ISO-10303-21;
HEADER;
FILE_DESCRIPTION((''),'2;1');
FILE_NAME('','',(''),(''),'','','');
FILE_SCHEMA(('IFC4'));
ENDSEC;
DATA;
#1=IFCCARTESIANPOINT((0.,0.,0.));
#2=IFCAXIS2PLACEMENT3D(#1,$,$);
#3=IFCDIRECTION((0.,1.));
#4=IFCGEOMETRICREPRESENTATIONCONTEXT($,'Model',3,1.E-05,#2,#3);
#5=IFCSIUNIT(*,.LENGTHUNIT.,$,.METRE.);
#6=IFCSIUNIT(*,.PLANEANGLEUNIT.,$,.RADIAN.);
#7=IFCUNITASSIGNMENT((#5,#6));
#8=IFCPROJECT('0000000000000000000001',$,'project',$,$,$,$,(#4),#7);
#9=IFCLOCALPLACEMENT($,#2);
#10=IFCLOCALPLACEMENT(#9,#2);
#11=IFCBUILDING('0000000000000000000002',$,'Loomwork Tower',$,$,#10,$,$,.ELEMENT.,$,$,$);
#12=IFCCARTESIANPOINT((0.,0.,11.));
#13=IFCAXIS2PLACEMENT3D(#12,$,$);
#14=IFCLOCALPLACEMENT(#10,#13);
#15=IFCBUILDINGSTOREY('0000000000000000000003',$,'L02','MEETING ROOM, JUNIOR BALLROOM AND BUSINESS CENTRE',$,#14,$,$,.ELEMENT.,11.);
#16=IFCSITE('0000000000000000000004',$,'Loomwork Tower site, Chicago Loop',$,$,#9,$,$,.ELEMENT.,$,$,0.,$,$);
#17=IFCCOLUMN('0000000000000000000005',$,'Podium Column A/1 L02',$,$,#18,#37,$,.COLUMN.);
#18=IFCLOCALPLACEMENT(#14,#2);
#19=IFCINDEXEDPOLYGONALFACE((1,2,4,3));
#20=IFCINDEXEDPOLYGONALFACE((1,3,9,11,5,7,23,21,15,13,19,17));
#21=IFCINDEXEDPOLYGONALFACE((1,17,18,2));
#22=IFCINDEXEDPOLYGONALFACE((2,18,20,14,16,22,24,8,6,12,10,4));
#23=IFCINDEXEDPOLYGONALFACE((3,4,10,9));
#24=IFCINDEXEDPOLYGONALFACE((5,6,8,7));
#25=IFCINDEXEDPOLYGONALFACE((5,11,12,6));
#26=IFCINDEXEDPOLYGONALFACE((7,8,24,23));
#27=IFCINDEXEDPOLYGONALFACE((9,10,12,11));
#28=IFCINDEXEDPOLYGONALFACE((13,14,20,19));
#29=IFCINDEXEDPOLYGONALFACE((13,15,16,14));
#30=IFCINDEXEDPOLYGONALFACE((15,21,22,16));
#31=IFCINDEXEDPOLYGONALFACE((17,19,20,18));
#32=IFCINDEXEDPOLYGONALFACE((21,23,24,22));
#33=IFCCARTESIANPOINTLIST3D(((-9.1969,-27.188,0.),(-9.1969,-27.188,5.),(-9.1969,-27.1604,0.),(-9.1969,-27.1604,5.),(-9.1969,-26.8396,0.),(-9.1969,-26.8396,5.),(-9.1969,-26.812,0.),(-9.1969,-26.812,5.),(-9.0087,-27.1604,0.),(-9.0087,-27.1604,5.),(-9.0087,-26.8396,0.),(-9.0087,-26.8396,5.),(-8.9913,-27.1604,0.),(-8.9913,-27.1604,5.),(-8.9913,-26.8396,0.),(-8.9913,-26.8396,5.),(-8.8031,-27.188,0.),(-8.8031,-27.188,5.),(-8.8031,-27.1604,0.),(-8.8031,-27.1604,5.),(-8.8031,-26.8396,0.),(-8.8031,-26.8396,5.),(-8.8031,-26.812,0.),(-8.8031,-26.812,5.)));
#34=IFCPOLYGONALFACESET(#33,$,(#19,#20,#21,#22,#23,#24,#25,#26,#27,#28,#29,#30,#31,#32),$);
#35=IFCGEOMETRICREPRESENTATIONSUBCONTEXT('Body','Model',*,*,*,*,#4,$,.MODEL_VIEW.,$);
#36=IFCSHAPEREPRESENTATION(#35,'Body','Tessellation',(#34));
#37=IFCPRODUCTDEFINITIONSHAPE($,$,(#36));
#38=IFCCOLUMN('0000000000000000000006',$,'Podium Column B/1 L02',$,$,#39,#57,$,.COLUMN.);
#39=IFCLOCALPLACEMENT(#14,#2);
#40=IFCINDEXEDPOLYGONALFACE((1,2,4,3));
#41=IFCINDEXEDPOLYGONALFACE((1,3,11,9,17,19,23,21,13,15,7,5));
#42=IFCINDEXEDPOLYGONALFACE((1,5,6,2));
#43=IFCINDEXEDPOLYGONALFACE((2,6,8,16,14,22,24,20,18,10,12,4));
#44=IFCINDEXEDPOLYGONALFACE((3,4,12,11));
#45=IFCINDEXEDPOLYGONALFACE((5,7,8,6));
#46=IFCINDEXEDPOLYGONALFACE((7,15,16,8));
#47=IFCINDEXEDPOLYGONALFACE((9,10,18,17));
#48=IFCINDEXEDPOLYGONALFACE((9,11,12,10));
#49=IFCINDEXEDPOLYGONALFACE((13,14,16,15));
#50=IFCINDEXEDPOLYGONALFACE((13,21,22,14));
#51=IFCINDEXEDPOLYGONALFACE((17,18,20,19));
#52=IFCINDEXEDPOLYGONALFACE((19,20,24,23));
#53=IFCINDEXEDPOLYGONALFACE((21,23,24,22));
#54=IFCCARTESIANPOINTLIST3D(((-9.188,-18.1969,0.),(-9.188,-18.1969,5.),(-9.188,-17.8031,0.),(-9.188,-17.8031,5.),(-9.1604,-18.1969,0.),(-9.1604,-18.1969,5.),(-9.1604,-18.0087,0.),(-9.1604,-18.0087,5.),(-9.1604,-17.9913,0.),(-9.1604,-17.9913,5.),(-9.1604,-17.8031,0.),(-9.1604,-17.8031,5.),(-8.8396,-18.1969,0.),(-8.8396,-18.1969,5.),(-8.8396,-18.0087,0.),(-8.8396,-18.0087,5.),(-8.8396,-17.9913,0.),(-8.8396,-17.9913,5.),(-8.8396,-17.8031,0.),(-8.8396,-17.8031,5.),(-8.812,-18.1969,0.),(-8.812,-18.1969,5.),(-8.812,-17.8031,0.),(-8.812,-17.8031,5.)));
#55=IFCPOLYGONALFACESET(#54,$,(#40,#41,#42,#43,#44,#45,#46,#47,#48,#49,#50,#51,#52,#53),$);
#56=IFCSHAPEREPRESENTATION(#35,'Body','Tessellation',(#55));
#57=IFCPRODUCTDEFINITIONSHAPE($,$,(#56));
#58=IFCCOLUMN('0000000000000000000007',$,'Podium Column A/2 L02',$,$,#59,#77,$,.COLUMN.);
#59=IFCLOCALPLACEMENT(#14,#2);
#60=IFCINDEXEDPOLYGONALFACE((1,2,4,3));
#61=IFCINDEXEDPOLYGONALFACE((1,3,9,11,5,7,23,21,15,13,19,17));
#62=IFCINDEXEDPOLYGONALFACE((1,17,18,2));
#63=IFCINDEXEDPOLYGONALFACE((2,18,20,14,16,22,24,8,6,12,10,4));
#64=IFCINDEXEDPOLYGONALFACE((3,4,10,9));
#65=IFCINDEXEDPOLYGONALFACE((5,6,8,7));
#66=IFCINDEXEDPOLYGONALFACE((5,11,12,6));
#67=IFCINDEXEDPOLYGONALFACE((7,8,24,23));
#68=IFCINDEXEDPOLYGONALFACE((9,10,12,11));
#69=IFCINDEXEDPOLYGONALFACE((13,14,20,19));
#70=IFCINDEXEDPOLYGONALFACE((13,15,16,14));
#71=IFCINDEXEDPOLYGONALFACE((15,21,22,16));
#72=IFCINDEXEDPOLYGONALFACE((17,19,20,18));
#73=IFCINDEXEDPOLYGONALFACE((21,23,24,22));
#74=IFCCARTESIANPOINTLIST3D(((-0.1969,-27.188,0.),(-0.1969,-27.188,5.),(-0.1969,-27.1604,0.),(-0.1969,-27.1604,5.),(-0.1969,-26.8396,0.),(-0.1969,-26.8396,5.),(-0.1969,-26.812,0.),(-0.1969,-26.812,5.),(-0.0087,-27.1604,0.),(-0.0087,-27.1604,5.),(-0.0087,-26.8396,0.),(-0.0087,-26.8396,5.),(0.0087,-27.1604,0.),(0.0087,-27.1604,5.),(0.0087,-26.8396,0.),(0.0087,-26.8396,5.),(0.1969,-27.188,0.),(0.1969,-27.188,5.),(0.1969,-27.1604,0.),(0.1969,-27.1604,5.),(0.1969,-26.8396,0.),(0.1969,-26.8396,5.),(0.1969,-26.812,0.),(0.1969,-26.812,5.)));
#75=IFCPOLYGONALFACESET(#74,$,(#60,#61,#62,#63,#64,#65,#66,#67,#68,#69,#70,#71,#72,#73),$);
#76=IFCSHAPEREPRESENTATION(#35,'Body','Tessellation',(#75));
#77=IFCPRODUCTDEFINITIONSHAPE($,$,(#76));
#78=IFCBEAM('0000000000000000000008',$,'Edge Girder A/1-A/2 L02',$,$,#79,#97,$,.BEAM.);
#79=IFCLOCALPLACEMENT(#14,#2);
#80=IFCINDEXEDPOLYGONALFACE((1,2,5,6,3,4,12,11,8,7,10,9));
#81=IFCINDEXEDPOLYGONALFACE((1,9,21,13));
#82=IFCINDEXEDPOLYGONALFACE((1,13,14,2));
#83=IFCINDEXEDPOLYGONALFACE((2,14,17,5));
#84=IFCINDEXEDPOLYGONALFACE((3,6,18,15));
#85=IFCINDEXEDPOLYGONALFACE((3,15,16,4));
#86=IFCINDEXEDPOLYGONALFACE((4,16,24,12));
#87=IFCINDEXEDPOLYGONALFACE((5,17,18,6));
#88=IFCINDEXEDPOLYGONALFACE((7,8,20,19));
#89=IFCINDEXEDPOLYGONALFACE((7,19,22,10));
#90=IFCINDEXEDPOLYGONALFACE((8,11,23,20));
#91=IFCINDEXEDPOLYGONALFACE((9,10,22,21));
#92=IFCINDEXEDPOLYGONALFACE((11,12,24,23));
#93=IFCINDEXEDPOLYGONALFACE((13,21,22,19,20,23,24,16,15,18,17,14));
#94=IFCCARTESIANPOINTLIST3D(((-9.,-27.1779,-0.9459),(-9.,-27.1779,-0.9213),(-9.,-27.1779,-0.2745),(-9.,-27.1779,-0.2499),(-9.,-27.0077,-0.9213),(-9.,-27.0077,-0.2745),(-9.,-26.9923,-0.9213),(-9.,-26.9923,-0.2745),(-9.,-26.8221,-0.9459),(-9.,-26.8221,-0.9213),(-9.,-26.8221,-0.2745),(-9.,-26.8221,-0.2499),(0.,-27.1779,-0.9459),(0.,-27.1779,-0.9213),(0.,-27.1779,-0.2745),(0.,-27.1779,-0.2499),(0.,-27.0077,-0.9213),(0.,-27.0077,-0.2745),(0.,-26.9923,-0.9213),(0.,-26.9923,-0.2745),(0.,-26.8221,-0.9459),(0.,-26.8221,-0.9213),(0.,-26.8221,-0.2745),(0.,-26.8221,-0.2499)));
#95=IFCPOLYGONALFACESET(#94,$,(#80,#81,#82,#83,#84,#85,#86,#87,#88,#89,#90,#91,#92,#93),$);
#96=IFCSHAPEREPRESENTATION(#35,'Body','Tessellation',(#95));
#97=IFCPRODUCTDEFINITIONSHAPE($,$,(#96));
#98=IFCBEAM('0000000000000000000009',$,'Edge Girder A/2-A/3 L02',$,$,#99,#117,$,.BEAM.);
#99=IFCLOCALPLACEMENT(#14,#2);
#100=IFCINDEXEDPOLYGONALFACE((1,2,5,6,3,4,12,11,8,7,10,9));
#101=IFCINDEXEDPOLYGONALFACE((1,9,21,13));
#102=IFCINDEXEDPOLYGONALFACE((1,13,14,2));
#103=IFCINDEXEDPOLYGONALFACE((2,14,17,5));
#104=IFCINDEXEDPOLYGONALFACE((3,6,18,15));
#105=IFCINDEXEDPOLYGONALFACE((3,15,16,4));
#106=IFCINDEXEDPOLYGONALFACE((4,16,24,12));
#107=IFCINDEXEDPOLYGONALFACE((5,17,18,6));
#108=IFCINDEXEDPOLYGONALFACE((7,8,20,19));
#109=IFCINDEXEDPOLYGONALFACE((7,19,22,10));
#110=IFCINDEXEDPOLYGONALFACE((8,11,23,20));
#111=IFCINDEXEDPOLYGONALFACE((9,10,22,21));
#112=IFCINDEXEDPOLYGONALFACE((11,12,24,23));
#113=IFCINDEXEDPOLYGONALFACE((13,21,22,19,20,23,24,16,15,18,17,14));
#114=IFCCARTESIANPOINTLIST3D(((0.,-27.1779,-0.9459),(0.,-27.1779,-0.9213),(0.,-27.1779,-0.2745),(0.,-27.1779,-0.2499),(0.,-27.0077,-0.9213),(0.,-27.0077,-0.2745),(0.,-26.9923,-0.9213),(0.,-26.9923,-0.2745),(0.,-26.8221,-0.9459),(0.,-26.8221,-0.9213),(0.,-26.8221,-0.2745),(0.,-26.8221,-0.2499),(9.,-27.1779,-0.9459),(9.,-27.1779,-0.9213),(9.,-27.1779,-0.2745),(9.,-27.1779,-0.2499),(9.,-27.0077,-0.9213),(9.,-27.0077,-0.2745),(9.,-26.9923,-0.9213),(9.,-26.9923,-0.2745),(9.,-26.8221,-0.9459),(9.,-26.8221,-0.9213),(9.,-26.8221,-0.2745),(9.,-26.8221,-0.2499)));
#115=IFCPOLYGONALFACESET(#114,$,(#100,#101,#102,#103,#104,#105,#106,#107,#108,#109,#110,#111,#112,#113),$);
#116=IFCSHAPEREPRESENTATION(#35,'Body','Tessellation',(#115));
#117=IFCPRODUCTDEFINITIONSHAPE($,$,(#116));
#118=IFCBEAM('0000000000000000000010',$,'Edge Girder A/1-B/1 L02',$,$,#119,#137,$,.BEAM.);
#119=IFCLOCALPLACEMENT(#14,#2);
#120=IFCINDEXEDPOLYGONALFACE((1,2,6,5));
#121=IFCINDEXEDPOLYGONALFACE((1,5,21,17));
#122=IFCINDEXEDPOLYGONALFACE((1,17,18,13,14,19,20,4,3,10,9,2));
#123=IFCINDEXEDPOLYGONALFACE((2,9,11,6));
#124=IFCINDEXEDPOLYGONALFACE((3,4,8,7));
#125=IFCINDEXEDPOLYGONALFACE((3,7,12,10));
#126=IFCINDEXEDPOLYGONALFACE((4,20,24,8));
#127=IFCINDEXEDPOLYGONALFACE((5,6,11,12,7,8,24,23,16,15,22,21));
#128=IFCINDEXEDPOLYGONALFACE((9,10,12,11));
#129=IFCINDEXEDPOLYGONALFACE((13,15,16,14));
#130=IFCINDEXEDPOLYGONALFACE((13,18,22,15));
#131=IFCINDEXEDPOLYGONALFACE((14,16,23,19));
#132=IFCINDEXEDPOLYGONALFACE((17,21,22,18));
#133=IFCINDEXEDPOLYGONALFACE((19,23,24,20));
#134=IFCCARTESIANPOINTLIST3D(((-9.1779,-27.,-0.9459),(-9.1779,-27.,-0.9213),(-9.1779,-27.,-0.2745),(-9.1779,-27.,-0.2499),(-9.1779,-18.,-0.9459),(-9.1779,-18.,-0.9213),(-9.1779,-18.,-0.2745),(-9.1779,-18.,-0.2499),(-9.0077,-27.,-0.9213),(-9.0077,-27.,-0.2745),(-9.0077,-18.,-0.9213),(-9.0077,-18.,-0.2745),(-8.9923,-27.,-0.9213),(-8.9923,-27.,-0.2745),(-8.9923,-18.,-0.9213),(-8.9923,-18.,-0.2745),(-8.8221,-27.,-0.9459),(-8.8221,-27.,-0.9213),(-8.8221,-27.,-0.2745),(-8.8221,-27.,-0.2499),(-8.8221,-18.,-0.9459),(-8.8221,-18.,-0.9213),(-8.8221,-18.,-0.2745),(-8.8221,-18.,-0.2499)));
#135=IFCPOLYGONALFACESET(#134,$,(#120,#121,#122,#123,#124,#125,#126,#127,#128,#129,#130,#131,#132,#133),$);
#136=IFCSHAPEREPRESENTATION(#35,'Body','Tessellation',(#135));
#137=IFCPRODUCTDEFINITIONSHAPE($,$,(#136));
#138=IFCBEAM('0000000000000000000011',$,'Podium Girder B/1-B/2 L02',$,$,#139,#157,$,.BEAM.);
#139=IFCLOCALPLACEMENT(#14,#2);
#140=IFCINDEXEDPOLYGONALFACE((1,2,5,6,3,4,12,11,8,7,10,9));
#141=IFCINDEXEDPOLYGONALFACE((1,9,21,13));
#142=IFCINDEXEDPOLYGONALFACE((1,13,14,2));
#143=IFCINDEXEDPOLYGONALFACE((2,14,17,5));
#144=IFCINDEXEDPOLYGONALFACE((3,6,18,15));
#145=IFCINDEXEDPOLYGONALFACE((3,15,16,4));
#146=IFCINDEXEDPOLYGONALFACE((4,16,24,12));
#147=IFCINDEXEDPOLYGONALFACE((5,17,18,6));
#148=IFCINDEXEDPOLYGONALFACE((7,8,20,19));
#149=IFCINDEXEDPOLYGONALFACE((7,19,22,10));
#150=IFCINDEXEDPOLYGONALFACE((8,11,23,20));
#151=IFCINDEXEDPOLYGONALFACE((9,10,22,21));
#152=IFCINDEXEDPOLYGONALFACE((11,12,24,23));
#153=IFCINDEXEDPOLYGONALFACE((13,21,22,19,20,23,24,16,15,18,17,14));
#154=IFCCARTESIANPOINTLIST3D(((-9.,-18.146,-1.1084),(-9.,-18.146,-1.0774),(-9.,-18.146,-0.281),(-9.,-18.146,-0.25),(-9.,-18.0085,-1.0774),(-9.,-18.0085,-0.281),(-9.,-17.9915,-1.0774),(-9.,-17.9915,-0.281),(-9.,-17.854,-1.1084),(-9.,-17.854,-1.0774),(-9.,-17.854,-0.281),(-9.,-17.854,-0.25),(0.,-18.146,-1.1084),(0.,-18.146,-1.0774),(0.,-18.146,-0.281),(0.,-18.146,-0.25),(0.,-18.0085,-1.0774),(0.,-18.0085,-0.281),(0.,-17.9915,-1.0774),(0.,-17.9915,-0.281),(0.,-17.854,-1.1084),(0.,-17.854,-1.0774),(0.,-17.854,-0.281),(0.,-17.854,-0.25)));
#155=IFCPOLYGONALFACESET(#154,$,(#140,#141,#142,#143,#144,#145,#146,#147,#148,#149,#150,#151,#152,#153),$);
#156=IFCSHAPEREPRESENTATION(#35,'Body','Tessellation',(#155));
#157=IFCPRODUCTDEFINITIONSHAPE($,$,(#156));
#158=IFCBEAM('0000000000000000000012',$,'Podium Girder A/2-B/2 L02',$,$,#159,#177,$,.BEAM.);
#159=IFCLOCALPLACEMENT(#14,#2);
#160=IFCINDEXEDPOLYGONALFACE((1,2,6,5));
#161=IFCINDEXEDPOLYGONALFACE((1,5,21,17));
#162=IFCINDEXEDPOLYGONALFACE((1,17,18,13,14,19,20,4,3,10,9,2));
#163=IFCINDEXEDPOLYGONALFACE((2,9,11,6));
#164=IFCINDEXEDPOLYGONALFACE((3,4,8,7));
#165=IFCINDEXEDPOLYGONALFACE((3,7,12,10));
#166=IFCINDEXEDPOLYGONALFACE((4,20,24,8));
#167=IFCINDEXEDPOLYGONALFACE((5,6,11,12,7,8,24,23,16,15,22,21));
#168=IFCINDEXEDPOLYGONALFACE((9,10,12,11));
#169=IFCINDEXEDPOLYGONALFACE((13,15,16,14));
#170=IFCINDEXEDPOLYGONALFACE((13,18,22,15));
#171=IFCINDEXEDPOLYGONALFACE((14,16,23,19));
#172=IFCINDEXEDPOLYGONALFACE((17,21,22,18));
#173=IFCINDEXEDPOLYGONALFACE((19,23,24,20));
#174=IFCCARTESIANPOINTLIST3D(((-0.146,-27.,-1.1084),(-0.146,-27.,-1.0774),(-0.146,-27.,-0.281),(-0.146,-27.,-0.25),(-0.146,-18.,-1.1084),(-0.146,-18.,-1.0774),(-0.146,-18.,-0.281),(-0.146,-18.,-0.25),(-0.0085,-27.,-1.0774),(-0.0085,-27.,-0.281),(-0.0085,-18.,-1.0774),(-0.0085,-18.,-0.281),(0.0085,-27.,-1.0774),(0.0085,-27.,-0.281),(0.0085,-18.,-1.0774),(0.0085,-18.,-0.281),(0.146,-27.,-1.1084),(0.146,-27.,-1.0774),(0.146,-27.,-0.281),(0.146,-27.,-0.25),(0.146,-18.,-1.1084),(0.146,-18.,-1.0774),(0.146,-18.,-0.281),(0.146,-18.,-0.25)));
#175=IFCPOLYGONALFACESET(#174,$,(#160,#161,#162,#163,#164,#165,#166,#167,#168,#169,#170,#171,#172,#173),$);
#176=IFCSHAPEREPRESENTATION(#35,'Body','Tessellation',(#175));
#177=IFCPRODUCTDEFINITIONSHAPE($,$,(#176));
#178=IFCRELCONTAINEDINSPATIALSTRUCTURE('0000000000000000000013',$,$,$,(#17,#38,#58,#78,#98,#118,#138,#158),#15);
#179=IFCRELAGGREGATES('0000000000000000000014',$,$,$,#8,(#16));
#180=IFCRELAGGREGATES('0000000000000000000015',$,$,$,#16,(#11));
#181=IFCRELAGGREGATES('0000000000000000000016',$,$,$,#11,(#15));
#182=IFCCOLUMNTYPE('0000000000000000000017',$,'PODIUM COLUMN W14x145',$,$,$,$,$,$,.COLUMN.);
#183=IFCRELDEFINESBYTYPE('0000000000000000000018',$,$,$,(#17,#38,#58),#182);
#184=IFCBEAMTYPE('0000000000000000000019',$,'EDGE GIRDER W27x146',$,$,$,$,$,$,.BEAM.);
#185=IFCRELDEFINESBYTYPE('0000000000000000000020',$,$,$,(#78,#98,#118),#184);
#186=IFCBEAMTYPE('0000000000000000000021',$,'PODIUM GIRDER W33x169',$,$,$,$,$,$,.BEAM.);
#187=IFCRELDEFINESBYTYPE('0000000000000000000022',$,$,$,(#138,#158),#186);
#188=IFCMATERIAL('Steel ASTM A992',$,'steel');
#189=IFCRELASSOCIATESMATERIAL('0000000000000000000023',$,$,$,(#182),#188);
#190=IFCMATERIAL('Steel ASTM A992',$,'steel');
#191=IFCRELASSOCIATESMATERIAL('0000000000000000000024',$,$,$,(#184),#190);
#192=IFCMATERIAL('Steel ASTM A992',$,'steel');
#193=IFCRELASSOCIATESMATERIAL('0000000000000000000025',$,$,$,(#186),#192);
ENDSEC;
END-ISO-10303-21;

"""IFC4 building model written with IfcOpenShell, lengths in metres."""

from ifc_helpers import new_model, si_unit, direction, frame, origin, origin_2d, place, context, subcontext, project, spatial, i_section, extrude, material, material_profile, profile_set, type_object, element, save


model = new_model("IFC4")

# Units and contexts
model_context = context("Model", 3, precision=1e-05, world=origin(), true_north=direction((0.0, 1.0)))
body_context = subcontext(model_context, "Body", "Model", "MODEL_VIEW")
ifc_project = project(units=[si_unit("LENGTHUNIT", "METRE"), si_unit("PLANEANGLEUNIT", "RADIAN")], contexts=[model_context])

# Site, building, storey
site_placement = place(None, origin())
site = spatial("IfcSite", under=ifc_project, at=site_placement, Name="Loomwork Tower site, Chicago Loop", CompositionType="ELEMENT", RefElevation=0.0)
building_placement = place(site_placement, origin())
building = spatial("IfcBuilding", under=site, at=building_placement, Name="Loomwork Tower", CompositionType="ELEMENT")
storey_placement = place(building_placement, frame((0.0, 0.0, 11.0)))
storey = spatial("IfcBuildingStorey", under=building, at=storey_placement, Name="L02", Description="MEETING ROOM, JUNIOR BALLROOM AND BUSINESS CENTRE", CompositionType="ELEMENT", Elevation=11.0)

# Columns
ifc_material_1 = material(Name="Steel ASTM A992", Category="steel")
ifc_material_profile_1 = material_profile(ifc_material_1, i_section(OverallWidth=0.3938, OverallDepth=0.376, WebThickness=0.0173, FlangeThickness=0.0276, at=origin_2d()), Name="W14x145")
ifc_profile_set_1 = profile_set([ifc_material_profile_1], Name="Steel ASTM A992")
column_type = type_object("IfcColumnType", Name="PODIUM COLUMN W14x145", PredefinedType="COLUMN", material=ifc_profile_set_1)
for number, where, z_axis, x_axis, name in (
    (1, (-9.0, -27.0, 0.0), (0.0, 0.0, 1.0), (1.0, 0.0, 0.0), "Podium Column A/1 L02"),
    (2, (-9.0, -18.0, 0.0), (0.0, 0.0, 1.0), (0.0, 1.0, 0.0), "Podium Column B/1 L02"),
    (3, (0.0, -27.0, 0.0), (0.0, 0.0, 1.0), (1.0, 0.0, 0.0), "Podium Column A/2 L02"),
):
    element("IfcColumn", number, at=place(storey_placement, frame(where, z_axis=z_axis, x_axis=x_axis)), inside=storey, type_object=column_type, Name=name, PredefinedType="COLUMN", context=body_context, shape_type="SweptSolid", body=[
        extrude(i_section(OverallWidth=0.3938, OverallDepth=0.376, WebThickness=0.0173, FlangeThickness=0.0276, at=origin_2d()), origin(), (0.0, 0.0, 1.0), 5.0),
    ])

# Beams
ifc_material_2 = material(Name="Steel ASTM A992", Category="steel")
ifc_material_profile_2 = material_profile(ifc_material_2, i_section(OverallWidth=0.3557, OverallDepth=0.696, WebThickness=0.0154, FlangeThickness=0.0247, at=origin_2d()), Name="W27x146")
ifc_profile_set_2 = profile_set([ifc_material_profile_2], Name="Steel ASTM A992")
beam_type_1 = type_object("IfcBeamType", Name="EDGE GIRDER W27x146", PredefinedType="BEAM", material=ifc_profile_set_2)
for number, where, z_axis, x_axis, name in (
    (4, (-9.0, -27.0, -0.5979), (1.0, 0.0, 0.0), (0.0, 1.0, 0.0), "Edge Girder A/1-A/2 L02"),
    (5, (0.0, -27.0, -0.5979), (1.0, 0.0, 0.0), (0.0, 1.0, 0.0), "Edge Girder A/2-A/3 L02"),
    (6, (-9.0, -27.0, -0.5979), (0.0, 1.0, 0.0), (-1.0, 0.0, 0.0), "Edge Girder A/1-B/1 L02"),
):
    element("IfcBeam", number, at=place(storey_placement, frame(where, z_axis=z_axis, x_axis=x_axis)), inside=storey, type_object=beam_type_1, Name=name, PredefinedType="BEAM", context=body_context, shape_type="SweptSolid", body=[
        extrude(i_section(OverallWidth=0.3557, OverallDepth=0.696, WebThickness=0.0154, FlangeThickness=0.0247, at=origin_2d()), origin(), (0.0, 0.0, 1.0), 9.0),
    ])
ifc_material_3 = material(Name="Steel ASTM A992", Category="steel")
ifc_material_profile_3 = material_profile(ifc_material_3, i_section(OverallWidth=0.292, OverallDepth=0.8584, WebThickness=0.0171, FlangeThickness=0.031, at=origin_2d()), Name="W33x169")
ifc_profile_set_3 = profile_set([ifc_material_profile_3], Name="Steel ASTM A992")
beam_type_2 = type_object("IfcBeamType", Name="PODIUM GIRDER W33x169", PredefinedType="BEAM", material=ifc_profile_set_3)
for number, where, z_axis, x_axis, name in (
    (7, (-9.0, -18.0, -0.6792), (1.0, 0.0, 0.0), (0.0, 1.0, 0.0), "Podium Girder B/1-B/2 L02"),
    (8, (0.0, -27.0, -0.6792), (0.0, 1.0, 0.0), (-1.0, 0.0, 0.0), "Podium Girder A/2-B/2 L02"),
):
    element("IfcBeam", number, at=place(storey_placement, frame(where, z_axis=z_axis, x_axis=x_axis)), inside=storey, type_object=beam_type_2, Name=name, PredefinedType="BEAM", context=body_context, shape_type="SweptSolid", body=[
        extrude(i_section(OverallWidth=0.292, OverallDepth=0.8584, WebThickness=0.0171, FlangeThickness=0.031, at=origin_2d()), origin(), (0.0, 0.0, 1.0), 9.0),
    ])

save(model, "model.ifc")
